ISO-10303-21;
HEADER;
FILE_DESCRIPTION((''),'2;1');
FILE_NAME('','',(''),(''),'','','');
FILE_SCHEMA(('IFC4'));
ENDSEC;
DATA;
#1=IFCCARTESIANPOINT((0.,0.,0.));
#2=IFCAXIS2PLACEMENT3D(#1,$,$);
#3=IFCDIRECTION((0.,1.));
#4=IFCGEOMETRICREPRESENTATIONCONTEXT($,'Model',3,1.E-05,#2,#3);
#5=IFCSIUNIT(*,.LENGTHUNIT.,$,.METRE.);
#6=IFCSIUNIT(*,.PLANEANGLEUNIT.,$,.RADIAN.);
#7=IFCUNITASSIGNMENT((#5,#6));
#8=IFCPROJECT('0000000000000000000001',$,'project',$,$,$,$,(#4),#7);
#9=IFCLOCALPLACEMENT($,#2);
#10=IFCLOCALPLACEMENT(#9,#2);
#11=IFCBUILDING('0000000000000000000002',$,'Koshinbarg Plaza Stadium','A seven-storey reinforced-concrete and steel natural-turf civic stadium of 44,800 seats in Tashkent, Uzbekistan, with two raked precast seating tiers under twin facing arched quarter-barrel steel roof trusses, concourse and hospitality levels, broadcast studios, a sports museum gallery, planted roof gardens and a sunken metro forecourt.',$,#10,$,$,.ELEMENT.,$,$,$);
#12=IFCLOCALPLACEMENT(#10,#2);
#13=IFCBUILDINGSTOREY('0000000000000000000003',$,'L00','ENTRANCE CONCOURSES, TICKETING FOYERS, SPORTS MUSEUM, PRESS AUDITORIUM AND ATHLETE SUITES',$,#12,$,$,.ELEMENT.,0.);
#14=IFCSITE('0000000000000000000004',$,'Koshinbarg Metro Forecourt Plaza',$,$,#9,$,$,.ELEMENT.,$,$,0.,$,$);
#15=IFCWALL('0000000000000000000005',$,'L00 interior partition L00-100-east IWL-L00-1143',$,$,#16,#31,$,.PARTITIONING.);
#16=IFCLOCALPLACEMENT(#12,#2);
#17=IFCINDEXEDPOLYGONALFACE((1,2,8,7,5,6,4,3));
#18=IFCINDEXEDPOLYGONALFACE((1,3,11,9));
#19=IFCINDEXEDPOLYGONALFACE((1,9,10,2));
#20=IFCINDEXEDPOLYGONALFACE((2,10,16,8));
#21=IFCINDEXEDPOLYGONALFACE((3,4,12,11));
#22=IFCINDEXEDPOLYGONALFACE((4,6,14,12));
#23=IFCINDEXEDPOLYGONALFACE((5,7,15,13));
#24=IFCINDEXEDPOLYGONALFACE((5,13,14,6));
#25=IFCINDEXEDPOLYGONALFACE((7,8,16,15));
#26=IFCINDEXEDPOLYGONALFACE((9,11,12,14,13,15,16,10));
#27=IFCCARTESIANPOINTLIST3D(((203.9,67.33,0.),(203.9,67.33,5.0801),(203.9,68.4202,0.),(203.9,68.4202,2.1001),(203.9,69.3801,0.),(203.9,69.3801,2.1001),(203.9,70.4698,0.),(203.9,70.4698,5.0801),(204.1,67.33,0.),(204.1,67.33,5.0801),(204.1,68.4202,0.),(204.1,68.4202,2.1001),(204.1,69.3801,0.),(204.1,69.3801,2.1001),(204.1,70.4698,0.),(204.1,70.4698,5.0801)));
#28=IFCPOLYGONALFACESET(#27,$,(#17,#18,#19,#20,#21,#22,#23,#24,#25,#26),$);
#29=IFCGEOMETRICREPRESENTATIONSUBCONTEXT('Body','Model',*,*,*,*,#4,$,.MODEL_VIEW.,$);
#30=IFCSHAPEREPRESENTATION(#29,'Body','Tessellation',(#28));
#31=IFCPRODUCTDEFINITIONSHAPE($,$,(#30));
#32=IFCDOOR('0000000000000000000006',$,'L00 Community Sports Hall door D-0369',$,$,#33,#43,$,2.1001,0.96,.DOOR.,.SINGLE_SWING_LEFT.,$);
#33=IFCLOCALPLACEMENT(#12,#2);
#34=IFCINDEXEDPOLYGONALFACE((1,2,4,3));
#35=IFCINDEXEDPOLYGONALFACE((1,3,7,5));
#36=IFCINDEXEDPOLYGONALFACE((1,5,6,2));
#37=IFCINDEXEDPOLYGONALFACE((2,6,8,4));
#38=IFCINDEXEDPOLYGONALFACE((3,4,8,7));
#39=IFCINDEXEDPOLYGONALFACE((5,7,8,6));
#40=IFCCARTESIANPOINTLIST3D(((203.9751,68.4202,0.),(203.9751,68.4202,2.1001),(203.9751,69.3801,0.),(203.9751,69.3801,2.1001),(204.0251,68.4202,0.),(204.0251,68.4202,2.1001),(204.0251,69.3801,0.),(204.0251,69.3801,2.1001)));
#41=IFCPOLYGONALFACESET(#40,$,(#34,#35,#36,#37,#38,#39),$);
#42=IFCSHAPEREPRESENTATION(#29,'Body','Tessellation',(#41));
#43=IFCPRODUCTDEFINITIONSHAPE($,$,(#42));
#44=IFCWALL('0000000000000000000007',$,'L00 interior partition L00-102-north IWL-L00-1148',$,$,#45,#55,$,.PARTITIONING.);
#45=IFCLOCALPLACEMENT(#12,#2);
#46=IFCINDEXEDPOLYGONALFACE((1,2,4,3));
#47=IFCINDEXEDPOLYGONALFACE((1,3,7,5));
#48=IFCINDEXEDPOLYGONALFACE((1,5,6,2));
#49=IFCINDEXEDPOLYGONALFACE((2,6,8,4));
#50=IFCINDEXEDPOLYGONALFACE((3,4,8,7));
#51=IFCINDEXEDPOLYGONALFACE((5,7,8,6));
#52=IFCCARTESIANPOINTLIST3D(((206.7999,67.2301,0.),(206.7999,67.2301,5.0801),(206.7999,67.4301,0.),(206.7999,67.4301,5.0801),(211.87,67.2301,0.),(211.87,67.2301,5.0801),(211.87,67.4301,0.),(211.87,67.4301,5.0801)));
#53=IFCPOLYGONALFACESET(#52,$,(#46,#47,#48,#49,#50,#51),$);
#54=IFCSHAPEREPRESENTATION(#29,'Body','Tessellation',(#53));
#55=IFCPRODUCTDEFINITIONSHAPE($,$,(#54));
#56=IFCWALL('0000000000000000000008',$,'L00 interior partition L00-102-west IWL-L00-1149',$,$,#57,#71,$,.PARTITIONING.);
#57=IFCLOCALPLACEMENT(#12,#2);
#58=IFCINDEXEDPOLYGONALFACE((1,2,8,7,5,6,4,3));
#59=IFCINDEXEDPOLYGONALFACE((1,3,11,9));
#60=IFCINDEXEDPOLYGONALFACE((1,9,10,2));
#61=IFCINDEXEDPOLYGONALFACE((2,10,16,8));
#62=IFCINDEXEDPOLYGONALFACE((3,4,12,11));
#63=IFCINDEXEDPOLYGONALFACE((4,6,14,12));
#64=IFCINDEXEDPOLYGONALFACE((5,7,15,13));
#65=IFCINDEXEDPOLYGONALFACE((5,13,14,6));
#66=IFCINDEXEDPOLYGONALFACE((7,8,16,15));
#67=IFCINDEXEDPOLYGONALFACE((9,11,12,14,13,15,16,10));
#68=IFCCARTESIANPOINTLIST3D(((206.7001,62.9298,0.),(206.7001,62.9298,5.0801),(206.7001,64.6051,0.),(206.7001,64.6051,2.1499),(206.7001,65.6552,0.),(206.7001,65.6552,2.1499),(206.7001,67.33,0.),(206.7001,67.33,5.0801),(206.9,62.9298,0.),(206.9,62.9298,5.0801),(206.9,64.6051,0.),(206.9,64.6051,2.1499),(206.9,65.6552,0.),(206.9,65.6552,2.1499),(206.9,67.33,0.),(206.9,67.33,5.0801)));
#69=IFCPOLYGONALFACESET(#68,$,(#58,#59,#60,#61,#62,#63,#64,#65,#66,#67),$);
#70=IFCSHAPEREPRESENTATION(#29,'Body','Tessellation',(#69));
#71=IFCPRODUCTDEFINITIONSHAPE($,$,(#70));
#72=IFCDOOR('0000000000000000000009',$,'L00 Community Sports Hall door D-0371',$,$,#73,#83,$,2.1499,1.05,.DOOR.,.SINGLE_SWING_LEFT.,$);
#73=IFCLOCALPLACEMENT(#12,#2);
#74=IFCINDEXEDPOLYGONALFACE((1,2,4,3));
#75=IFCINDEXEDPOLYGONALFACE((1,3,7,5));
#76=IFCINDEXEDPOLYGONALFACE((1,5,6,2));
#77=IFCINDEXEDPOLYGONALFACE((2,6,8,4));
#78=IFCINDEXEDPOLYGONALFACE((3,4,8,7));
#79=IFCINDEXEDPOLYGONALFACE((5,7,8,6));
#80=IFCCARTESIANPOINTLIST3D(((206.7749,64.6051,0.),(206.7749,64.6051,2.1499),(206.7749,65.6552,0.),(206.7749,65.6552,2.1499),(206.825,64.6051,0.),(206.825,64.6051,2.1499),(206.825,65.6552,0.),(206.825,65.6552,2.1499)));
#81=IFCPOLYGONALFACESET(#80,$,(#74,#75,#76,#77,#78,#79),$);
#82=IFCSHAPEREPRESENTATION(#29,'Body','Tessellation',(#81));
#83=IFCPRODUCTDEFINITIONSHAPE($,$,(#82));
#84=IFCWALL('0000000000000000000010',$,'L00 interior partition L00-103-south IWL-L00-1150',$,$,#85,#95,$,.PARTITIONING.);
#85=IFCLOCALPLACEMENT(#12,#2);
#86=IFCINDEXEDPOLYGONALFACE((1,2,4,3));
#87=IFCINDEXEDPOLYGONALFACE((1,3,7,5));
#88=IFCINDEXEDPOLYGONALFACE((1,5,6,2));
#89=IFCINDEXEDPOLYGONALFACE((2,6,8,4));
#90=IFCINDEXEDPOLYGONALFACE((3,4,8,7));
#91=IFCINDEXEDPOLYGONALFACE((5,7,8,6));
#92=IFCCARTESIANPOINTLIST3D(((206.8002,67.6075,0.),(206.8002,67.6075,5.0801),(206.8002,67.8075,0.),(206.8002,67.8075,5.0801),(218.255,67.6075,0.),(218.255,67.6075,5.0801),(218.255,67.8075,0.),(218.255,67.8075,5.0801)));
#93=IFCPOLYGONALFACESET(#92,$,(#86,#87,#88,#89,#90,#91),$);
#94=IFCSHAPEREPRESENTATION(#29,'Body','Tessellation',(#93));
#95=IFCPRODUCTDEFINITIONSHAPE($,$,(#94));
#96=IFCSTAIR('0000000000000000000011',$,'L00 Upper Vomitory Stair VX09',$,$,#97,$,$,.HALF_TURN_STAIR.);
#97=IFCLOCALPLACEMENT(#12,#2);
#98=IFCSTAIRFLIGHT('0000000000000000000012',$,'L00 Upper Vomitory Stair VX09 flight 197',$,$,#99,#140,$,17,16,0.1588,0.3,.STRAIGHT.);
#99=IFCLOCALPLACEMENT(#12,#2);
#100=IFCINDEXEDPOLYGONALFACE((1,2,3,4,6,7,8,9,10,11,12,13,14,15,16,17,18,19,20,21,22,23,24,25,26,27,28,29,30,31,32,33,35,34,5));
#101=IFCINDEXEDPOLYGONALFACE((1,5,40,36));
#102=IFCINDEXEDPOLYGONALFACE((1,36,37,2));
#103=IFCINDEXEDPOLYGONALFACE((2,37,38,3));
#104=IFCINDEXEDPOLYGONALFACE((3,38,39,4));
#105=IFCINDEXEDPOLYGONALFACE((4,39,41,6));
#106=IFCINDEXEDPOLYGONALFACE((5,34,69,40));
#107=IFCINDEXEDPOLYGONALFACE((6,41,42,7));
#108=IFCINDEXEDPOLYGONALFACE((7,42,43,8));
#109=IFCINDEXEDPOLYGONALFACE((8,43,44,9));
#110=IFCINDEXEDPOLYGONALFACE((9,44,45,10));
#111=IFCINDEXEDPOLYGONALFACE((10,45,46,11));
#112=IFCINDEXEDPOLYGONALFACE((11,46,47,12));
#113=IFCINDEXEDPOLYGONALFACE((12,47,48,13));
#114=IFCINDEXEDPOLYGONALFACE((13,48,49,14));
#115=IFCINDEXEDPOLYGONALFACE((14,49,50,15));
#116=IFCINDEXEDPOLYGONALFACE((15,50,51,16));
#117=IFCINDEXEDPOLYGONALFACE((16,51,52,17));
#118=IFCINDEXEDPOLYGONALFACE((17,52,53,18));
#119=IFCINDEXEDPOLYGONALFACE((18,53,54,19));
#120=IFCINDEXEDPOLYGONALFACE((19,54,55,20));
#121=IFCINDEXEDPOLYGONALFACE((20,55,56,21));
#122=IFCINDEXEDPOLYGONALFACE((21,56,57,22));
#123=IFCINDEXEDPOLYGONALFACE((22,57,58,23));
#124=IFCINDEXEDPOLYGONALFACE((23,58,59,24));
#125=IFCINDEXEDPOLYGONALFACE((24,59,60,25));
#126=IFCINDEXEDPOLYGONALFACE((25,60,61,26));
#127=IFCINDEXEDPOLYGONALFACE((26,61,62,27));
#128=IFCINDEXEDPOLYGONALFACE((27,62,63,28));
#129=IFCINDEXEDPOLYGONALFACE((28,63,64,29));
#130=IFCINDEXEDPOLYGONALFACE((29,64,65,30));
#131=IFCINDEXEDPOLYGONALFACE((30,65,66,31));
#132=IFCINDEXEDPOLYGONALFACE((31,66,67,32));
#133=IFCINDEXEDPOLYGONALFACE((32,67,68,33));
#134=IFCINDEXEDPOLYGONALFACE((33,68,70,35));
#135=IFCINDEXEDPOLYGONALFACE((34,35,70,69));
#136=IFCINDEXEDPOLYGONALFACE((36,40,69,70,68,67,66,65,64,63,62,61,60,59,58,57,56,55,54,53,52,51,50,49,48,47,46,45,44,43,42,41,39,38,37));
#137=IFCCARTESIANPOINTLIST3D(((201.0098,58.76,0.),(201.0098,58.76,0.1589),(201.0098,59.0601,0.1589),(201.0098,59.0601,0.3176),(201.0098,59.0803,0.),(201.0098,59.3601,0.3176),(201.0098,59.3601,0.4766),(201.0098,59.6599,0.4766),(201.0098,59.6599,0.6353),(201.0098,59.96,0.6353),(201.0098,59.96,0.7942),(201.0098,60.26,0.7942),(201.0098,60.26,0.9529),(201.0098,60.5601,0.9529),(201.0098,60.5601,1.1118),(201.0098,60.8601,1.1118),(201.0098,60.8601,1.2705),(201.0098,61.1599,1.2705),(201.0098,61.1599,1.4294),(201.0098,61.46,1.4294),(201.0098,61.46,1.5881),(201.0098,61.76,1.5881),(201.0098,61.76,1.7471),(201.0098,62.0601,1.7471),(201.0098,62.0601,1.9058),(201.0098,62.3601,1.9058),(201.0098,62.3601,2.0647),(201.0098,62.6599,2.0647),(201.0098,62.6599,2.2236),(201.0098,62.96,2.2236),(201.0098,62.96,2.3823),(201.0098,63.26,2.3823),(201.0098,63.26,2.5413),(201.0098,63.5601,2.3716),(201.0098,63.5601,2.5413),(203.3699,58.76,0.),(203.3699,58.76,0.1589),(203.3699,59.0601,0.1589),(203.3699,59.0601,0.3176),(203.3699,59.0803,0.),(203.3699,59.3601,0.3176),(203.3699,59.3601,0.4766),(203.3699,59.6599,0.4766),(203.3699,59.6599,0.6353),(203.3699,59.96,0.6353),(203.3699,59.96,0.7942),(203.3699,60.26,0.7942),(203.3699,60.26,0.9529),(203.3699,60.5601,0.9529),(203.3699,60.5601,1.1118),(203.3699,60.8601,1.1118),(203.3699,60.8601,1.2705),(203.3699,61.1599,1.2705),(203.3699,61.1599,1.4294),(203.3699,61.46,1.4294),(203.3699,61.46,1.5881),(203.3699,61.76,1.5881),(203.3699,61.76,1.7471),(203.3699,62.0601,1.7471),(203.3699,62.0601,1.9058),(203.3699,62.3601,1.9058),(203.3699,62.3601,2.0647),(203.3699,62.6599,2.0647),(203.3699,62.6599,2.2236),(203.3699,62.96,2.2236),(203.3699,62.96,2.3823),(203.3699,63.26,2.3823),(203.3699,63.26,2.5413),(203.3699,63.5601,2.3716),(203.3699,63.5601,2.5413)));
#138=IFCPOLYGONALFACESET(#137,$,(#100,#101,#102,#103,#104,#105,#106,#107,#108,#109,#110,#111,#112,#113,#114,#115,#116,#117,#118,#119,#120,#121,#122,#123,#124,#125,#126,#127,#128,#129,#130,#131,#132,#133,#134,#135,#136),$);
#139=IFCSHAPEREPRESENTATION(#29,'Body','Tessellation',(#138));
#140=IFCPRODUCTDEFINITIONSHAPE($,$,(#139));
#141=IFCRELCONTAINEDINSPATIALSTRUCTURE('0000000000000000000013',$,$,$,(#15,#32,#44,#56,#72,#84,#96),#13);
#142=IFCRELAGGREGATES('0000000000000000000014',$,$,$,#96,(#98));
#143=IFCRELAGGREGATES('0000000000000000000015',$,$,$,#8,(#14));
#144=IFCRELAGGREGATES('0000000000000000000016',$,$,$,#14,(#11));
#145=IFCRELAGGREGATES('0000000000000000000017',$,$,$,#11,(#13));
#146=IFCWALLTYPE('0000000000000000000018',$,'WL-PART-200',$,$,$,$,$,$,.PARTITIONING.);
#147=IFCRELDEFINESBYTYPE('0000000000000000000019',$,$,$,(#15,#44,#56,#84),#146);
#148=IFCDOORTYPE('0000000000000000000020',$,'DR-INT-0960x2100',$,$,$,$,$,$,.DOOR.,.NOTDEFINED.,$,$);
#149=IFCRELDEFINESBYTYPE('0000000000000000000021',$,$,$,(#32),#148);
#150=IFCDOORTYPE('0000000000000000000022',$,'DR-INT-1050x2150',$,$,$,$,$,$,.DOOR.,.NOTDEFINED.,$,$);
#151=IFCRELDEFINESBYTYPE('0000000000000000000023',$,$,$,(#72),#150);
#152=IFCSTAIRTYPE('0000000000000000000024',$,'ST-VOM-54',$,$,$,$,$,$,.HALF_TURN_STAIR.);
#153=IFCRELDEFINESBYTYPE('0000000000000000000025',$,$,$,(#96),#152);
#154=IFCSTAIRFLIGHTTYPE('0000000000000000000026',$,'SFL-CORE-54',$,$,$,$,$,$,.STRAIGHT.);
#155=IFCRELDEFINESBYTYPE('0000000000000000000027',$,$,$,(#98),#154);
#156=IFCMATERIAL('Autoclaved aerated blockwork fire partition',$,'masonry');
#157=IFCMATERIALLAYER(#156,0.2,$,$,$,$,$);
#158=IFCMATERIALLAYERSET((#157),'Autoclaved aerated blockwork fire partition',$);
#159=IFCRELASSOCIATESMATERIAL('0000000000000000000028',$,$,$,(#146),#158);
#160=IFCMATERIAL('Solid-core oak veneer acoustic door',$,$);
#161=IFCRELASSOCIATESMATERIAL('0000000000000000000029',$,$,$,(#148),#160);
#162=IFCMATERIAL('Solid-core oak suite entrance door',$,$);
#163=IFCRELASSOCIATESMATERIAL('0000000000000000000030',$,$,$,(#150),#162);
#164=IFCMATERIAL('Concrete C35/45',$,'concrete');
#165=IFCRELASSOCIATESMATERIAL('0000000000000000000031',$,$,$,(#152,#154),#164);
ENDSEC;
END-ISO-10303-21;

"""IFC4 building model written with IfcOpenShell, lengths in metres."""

from ifc_helpers import new_model, si_unit, direction, frame, frame_2d, origin, place, context, subcontext, project, spatial, polyline, rectangle, outline, extrude, material, layer, layer_set, type_object, element, fill, aggregate, save


model = new_model("IFC4")

# Units and contexts
model_context = context("Model", 3, precision=1e-05, world=origin(), true_north=direction((0.0, 1.0)))
body_context = subcontext(model_context, "Body", "Model", "MODEL_VIEW")
ifc_project = project(units=[si_unit("LENGTHUNIT", "METRE"), si_unit("PLANEANGLEUNIT", "RADIAN")], contexts=[model_context])

# Site, building, storey
site_placement = place(None, origin())
site = spatial("IfcSite", under=ifc_project, at=site_placement, Name="Koshinbarg Metro Forecourt Plaza", CompositionType="ELEMENT", RefElevation=0.0)
building_placement = place(site_placement, origin())
building = spatial("IfcBuilding", under=site, at=building_placement, Name="Koshinbarg Plaza Stadium", Description="A seven-storey reinforced-concrete and steel natural-turf civic stadium of 44,800 seats in Tashkent, Uzbekistan, with two raked precast seating tiers under twin facing arched quarter-barrel steel roof trusses, concourse and hospitality levels, broadcast studios, a sports museum gallery, planted roof gardens and a sunken metro forecourt.", CompositionType="ELEMENT")
storey_placement = place(building_placement, origin())
storey = spatial("IfcBuildingStorey", under=building, at=storey_placement, Name="L00", Description="ENTRANCE CONCOURSES, TICKETING FOYERS, SPORTS MUSEUM, PRESS AUDITORIUM AND ATHLETE SUITES", CompositionType="ELEMENT", Elevation=0.0)

# Shared definitions
ifc_material_1 = material(Name="Concrete C35/45", Category="concrete")

# Wall, opening, door
ifc_material_2 = material(Name="Autoclaved aerated blockwork fire partition", Category="masonry")
ifc_layer_1 = layer(ifc_material_2, 0.2)
ifc_layer_set_1 = layer_set([ifc_layer_1], Name="Autoclaved aerated blockwork fire partition")
wall_type_1 = type_object("IfcWallType", Name="WL-PART-200", PredefinedType="PARTITIONING", material=ifc_layer_set_1)
wall_1_placement = place(storey_placement, frame((204.0, 67.3301, 0.0), z_axis=(0.0, 0.0, 1.0), x_axis=(0.0, 1.0, 0.0)))
wall_1 = element("IfcWall", 1, at=wall_1_placement, inside=storey, type_object=wall_type_1, Name="L00 interior partition L00-100-east IWL-L00-1143", PredefinedType="PARTITIONING", context=body_context, shape_type="SweptSolid", body=[
    extrude(rectangle(XDim=3.1399, YDim=0.2, at=frame_2d((1.5698, 0.0))), origin(), (0.0, 0.0, 1.0), 5.0801),
])
opening_1_placement = place(wall_1_placement, frame((1.0901, 0.0, 0.0)))
opening_1 = element("IfcOpeningElement", 2, at=opening_1_placement, cuts=wall_1, PredefinedType="OPENING", context=body_context, shape_type="SweptSolid", body=[
    extrude(rectangle(XDim=0.96, YDim=2.1001, at=frame_2d((0.48, 1.05))), frame((0.0, 0.1099, 0.0), z_axis=(0.0, -1.0, 0.0), x_axis=(1.0, 0.0, 0.0)), (0.0, 0.0, 1.0), 0.22),
])
ifc_material_3 = material(Name="Solid-core oak veneer acoustic door")
door_type_1 = type_object("IfcDoorType", Name="DR-INT-0960x2100", OperationType="NOTDEFINED", PredefinedType="DOOR", material=ifc_material_3)
door_1_placement = place(opening_1_placement, origin())
door_1 = element("IfcDoor", 3, at=door_1_placement, inside=storey, type_object=door_type_1, Name="L00 Community Sports Hall door D-0369", OperationType="SINGLE_SWING_LEFT", OverallHeight=2.1001, OverallWidth=0.96, PredefinedType="DOOR", context=body_context, shape_type="SweptSolid", body=[
    extrude(rectangle(XDim=0.96, YDim=2.1001, at=frame_2d((0.48, 1.05))), frame((0.0, 0.0249, 0.0), z_axis=(0.0, -1.0, 0.0), x_axis=(1.0, 0.0, 0.0)), (0.0, 0.0, 1.0), 0.05),
])
fill(opening_1, door_1)

# Wall
wall_2_placement = place(storey_placement, frame((211.8701, 67.3301, 0.0), z_axis=(0.0, 0.0, 1.0), x_axis=(-1.0, 0.0, 0.0)))
element("IfcWall", 4, at=wall_2_placement, inside=storey, type_object=wall_type_1, Name="L00 interior partition L00-102-north IWL-L00-1148", PredefinedType="PARTITIONING", context=body_context, shape_type="SweptSolid", body=[
    extrude(rectangle(XDim=5.0701, YDim=0.2, at=frame_2d((2.5352, 0.0))), origin(), (0.0, 0.0, 1.0), 5.0801),
])

# Wall, opening, door
wall_3_placement = place(storey_placement, frame((206.8, 67.3301, 0.0), z_axis=(0.0, 0.0, 1.0), x_axis=(0.0, -1.0, 0.0)))
wall_3 = element("IfcWall", 5, at=wall_3_placement, inside=storey, type_object=wall_type_1, Name="L00 interior partition L00-102-west IWL-L00-1149", PredefinedType="PARTITIONING", context=body_context, shape_type="SweptSolid", body=[
    extrude(rectangle(XDim=4.4001, YDim=0.2, at=frame_2d((2.2002, 0.0))), origin(), (0.0, 0.0, 1.0), 5.0801),
])
opening_2_placement = place(wall_3_placement, frame((1.675, 0.0, 0.0)))
opening_2 = element("IfcOpeningElement", 6, at=opening_2_placement, cuts=wall_3, PredefinedType="OPENING", context=body_context, shape_type="SweptSolid", body=[
    extrude(rectangle(XDim=1.05, YDim=2.1499, at=frame_2d((0.5249, 1.075))), frame((0.0, 0.1099, 0.0), z_axis=(0.0, -1.0, 0.0), x_axis=(1.0, 0.0, 0.0)), (0.0, 0.0, 1.0), 0.22),
])
ifc_material_4 = material(Name="Solid-core oak suite entrance door")
door_type_2 = type_object("IfcDoorType", Name="DR-INT-1050x2150", OperationType="NOTDEFINED", PredefinedType="DOOR", material=ifc_material_4)
door_2_placement = place(opening_2_placement, origin())
door_2 = element("IfcDoor", 7, at=door_2_placement, inside=storey, type_object=door_type_2, Name="L00 Community Sports Hall door D-0371", OperationType="SINGLE_SWING_LEFT", OverallHeight=2.1499, OverallWidth=1.05, PredefinedType="DOOR", context=body_context, shape_type="SweptSolid", body=[
    extrude(rectangle(XDim=1.05, YDim=2.1499, at=frame_2d((0.5249, 1.075))), frame((0.0, 0.0249, 0.0), z_axis=(0.0, -1.0, 0.0), x_axis=(1.0, 0.0, 0.0)), (0.0, 0.0, 1.0), 0.05),
])
fill(opening_2, door_2)

# Wall
wall_4_placement = place(storey_placement, frame((206.8, 67.7075, 0.0), z_axis=(0.0, 0.0, 1.0), x_axis=(1.0, 0.0, 0.0)))
element("IfcWall", 8, at=wall_4_placement, inside=storey, type_object=wall_type_1, Name="L00 interior partition L00-103-south IWL-L00-1150", PredefinedType="PARTITIONING", context=body_context, shape_type="SweptSolid", body=[
    extrude(rectangle(XDim=11.4548, YDim=0.2, at=frame_2d((5.7275, 0.0))), origin(), (0.0, 0.0, 1.0), 5.0801),
])

# Stair, stair flight
stair_type = type_object("IfcStairType", Name="ST-VOM-54", PredefinedType="HALF_TURN_STAIR", material=ifc_material_1)
stair_placement = place(storey_placement, origin())
stair = element("IfcStair", 9, at=stair_placement, inside=storey, type_object=stair_type, Name="L00 Upper Vomitory Stair VX09", PredefinedType="HALF_TURN_STAIR")
stair_flight_type = type_object("IfcStairFlightType", Name="SFL-CORE-54", PredefinedType="STRAIGHT", material=ifc_material_1)
stair_flight_placement = place(storey_placement, frame((202.1899, 58.76, 0.0), z_axis=(0.0, 0.0, 1.0), x_axis=(0.0, 1.0, 0.0)))
stair_flight = element("IfcStairFlight", 10, at=stair_flight_placement, type_object=stair_flight_type, Name="L00 Upper Vomitory Stair VX09 flight 197", NumberOfRisers=17, NumberOfTreads=16, PredefinedType="STRAIGHT", RiserHeight=0.1588, TreadLength=0.3, context=body_context, shape_type="SweptSolid", body=[
    extrude(outline(polyline([(0.0, 0.0), (0.0, 0.1589), (0.3, 0.1589), (0.3, 0.3176), (0.6001, 0.3176), (0.6001, 0.4766), (0.8999, 0.4766), (0.8999, 0.6353), (1.2, 0.6353), (1.2, 0.7942), (1.5, 0.7942), (1.5, 0.9529), (1.8, 0.9529), (1.8, 1.1118), (2.1001, 1.1118), (2.1001, 1.2705), (2.3999, 1.2705), (2.3999, 1.4294), (2.7, 1.4294), (2.7, 1.5881), (3.0, 1.5881), (3.0, 1.7471), (3.3, 1.7471), (3.3, 1.9058), (3.6001, 1.9058), (3.6001, 2.0647), (3.8999, 2.0647), (3.8999, 2.2236), (4.2, 2.2236), (4.2, 2.3823), (4.5, 2.3823), (4.5, 2.5413), (4.8, 2.5413), (4.8, 2.7), (4.8, 2.3716), (0.3203, 0.0), (0.0, 0.0)])), frame((0.0, 1.1802, 0.0), z_axis=(0.0, -1.0, 0.0), x_axis=(1.0, 0.0, 0.0)), (0.0, 0.0, 1.0), 2.3601),
])
aggregate(stair, [stair_flight])

save(model, "model.ifc")
